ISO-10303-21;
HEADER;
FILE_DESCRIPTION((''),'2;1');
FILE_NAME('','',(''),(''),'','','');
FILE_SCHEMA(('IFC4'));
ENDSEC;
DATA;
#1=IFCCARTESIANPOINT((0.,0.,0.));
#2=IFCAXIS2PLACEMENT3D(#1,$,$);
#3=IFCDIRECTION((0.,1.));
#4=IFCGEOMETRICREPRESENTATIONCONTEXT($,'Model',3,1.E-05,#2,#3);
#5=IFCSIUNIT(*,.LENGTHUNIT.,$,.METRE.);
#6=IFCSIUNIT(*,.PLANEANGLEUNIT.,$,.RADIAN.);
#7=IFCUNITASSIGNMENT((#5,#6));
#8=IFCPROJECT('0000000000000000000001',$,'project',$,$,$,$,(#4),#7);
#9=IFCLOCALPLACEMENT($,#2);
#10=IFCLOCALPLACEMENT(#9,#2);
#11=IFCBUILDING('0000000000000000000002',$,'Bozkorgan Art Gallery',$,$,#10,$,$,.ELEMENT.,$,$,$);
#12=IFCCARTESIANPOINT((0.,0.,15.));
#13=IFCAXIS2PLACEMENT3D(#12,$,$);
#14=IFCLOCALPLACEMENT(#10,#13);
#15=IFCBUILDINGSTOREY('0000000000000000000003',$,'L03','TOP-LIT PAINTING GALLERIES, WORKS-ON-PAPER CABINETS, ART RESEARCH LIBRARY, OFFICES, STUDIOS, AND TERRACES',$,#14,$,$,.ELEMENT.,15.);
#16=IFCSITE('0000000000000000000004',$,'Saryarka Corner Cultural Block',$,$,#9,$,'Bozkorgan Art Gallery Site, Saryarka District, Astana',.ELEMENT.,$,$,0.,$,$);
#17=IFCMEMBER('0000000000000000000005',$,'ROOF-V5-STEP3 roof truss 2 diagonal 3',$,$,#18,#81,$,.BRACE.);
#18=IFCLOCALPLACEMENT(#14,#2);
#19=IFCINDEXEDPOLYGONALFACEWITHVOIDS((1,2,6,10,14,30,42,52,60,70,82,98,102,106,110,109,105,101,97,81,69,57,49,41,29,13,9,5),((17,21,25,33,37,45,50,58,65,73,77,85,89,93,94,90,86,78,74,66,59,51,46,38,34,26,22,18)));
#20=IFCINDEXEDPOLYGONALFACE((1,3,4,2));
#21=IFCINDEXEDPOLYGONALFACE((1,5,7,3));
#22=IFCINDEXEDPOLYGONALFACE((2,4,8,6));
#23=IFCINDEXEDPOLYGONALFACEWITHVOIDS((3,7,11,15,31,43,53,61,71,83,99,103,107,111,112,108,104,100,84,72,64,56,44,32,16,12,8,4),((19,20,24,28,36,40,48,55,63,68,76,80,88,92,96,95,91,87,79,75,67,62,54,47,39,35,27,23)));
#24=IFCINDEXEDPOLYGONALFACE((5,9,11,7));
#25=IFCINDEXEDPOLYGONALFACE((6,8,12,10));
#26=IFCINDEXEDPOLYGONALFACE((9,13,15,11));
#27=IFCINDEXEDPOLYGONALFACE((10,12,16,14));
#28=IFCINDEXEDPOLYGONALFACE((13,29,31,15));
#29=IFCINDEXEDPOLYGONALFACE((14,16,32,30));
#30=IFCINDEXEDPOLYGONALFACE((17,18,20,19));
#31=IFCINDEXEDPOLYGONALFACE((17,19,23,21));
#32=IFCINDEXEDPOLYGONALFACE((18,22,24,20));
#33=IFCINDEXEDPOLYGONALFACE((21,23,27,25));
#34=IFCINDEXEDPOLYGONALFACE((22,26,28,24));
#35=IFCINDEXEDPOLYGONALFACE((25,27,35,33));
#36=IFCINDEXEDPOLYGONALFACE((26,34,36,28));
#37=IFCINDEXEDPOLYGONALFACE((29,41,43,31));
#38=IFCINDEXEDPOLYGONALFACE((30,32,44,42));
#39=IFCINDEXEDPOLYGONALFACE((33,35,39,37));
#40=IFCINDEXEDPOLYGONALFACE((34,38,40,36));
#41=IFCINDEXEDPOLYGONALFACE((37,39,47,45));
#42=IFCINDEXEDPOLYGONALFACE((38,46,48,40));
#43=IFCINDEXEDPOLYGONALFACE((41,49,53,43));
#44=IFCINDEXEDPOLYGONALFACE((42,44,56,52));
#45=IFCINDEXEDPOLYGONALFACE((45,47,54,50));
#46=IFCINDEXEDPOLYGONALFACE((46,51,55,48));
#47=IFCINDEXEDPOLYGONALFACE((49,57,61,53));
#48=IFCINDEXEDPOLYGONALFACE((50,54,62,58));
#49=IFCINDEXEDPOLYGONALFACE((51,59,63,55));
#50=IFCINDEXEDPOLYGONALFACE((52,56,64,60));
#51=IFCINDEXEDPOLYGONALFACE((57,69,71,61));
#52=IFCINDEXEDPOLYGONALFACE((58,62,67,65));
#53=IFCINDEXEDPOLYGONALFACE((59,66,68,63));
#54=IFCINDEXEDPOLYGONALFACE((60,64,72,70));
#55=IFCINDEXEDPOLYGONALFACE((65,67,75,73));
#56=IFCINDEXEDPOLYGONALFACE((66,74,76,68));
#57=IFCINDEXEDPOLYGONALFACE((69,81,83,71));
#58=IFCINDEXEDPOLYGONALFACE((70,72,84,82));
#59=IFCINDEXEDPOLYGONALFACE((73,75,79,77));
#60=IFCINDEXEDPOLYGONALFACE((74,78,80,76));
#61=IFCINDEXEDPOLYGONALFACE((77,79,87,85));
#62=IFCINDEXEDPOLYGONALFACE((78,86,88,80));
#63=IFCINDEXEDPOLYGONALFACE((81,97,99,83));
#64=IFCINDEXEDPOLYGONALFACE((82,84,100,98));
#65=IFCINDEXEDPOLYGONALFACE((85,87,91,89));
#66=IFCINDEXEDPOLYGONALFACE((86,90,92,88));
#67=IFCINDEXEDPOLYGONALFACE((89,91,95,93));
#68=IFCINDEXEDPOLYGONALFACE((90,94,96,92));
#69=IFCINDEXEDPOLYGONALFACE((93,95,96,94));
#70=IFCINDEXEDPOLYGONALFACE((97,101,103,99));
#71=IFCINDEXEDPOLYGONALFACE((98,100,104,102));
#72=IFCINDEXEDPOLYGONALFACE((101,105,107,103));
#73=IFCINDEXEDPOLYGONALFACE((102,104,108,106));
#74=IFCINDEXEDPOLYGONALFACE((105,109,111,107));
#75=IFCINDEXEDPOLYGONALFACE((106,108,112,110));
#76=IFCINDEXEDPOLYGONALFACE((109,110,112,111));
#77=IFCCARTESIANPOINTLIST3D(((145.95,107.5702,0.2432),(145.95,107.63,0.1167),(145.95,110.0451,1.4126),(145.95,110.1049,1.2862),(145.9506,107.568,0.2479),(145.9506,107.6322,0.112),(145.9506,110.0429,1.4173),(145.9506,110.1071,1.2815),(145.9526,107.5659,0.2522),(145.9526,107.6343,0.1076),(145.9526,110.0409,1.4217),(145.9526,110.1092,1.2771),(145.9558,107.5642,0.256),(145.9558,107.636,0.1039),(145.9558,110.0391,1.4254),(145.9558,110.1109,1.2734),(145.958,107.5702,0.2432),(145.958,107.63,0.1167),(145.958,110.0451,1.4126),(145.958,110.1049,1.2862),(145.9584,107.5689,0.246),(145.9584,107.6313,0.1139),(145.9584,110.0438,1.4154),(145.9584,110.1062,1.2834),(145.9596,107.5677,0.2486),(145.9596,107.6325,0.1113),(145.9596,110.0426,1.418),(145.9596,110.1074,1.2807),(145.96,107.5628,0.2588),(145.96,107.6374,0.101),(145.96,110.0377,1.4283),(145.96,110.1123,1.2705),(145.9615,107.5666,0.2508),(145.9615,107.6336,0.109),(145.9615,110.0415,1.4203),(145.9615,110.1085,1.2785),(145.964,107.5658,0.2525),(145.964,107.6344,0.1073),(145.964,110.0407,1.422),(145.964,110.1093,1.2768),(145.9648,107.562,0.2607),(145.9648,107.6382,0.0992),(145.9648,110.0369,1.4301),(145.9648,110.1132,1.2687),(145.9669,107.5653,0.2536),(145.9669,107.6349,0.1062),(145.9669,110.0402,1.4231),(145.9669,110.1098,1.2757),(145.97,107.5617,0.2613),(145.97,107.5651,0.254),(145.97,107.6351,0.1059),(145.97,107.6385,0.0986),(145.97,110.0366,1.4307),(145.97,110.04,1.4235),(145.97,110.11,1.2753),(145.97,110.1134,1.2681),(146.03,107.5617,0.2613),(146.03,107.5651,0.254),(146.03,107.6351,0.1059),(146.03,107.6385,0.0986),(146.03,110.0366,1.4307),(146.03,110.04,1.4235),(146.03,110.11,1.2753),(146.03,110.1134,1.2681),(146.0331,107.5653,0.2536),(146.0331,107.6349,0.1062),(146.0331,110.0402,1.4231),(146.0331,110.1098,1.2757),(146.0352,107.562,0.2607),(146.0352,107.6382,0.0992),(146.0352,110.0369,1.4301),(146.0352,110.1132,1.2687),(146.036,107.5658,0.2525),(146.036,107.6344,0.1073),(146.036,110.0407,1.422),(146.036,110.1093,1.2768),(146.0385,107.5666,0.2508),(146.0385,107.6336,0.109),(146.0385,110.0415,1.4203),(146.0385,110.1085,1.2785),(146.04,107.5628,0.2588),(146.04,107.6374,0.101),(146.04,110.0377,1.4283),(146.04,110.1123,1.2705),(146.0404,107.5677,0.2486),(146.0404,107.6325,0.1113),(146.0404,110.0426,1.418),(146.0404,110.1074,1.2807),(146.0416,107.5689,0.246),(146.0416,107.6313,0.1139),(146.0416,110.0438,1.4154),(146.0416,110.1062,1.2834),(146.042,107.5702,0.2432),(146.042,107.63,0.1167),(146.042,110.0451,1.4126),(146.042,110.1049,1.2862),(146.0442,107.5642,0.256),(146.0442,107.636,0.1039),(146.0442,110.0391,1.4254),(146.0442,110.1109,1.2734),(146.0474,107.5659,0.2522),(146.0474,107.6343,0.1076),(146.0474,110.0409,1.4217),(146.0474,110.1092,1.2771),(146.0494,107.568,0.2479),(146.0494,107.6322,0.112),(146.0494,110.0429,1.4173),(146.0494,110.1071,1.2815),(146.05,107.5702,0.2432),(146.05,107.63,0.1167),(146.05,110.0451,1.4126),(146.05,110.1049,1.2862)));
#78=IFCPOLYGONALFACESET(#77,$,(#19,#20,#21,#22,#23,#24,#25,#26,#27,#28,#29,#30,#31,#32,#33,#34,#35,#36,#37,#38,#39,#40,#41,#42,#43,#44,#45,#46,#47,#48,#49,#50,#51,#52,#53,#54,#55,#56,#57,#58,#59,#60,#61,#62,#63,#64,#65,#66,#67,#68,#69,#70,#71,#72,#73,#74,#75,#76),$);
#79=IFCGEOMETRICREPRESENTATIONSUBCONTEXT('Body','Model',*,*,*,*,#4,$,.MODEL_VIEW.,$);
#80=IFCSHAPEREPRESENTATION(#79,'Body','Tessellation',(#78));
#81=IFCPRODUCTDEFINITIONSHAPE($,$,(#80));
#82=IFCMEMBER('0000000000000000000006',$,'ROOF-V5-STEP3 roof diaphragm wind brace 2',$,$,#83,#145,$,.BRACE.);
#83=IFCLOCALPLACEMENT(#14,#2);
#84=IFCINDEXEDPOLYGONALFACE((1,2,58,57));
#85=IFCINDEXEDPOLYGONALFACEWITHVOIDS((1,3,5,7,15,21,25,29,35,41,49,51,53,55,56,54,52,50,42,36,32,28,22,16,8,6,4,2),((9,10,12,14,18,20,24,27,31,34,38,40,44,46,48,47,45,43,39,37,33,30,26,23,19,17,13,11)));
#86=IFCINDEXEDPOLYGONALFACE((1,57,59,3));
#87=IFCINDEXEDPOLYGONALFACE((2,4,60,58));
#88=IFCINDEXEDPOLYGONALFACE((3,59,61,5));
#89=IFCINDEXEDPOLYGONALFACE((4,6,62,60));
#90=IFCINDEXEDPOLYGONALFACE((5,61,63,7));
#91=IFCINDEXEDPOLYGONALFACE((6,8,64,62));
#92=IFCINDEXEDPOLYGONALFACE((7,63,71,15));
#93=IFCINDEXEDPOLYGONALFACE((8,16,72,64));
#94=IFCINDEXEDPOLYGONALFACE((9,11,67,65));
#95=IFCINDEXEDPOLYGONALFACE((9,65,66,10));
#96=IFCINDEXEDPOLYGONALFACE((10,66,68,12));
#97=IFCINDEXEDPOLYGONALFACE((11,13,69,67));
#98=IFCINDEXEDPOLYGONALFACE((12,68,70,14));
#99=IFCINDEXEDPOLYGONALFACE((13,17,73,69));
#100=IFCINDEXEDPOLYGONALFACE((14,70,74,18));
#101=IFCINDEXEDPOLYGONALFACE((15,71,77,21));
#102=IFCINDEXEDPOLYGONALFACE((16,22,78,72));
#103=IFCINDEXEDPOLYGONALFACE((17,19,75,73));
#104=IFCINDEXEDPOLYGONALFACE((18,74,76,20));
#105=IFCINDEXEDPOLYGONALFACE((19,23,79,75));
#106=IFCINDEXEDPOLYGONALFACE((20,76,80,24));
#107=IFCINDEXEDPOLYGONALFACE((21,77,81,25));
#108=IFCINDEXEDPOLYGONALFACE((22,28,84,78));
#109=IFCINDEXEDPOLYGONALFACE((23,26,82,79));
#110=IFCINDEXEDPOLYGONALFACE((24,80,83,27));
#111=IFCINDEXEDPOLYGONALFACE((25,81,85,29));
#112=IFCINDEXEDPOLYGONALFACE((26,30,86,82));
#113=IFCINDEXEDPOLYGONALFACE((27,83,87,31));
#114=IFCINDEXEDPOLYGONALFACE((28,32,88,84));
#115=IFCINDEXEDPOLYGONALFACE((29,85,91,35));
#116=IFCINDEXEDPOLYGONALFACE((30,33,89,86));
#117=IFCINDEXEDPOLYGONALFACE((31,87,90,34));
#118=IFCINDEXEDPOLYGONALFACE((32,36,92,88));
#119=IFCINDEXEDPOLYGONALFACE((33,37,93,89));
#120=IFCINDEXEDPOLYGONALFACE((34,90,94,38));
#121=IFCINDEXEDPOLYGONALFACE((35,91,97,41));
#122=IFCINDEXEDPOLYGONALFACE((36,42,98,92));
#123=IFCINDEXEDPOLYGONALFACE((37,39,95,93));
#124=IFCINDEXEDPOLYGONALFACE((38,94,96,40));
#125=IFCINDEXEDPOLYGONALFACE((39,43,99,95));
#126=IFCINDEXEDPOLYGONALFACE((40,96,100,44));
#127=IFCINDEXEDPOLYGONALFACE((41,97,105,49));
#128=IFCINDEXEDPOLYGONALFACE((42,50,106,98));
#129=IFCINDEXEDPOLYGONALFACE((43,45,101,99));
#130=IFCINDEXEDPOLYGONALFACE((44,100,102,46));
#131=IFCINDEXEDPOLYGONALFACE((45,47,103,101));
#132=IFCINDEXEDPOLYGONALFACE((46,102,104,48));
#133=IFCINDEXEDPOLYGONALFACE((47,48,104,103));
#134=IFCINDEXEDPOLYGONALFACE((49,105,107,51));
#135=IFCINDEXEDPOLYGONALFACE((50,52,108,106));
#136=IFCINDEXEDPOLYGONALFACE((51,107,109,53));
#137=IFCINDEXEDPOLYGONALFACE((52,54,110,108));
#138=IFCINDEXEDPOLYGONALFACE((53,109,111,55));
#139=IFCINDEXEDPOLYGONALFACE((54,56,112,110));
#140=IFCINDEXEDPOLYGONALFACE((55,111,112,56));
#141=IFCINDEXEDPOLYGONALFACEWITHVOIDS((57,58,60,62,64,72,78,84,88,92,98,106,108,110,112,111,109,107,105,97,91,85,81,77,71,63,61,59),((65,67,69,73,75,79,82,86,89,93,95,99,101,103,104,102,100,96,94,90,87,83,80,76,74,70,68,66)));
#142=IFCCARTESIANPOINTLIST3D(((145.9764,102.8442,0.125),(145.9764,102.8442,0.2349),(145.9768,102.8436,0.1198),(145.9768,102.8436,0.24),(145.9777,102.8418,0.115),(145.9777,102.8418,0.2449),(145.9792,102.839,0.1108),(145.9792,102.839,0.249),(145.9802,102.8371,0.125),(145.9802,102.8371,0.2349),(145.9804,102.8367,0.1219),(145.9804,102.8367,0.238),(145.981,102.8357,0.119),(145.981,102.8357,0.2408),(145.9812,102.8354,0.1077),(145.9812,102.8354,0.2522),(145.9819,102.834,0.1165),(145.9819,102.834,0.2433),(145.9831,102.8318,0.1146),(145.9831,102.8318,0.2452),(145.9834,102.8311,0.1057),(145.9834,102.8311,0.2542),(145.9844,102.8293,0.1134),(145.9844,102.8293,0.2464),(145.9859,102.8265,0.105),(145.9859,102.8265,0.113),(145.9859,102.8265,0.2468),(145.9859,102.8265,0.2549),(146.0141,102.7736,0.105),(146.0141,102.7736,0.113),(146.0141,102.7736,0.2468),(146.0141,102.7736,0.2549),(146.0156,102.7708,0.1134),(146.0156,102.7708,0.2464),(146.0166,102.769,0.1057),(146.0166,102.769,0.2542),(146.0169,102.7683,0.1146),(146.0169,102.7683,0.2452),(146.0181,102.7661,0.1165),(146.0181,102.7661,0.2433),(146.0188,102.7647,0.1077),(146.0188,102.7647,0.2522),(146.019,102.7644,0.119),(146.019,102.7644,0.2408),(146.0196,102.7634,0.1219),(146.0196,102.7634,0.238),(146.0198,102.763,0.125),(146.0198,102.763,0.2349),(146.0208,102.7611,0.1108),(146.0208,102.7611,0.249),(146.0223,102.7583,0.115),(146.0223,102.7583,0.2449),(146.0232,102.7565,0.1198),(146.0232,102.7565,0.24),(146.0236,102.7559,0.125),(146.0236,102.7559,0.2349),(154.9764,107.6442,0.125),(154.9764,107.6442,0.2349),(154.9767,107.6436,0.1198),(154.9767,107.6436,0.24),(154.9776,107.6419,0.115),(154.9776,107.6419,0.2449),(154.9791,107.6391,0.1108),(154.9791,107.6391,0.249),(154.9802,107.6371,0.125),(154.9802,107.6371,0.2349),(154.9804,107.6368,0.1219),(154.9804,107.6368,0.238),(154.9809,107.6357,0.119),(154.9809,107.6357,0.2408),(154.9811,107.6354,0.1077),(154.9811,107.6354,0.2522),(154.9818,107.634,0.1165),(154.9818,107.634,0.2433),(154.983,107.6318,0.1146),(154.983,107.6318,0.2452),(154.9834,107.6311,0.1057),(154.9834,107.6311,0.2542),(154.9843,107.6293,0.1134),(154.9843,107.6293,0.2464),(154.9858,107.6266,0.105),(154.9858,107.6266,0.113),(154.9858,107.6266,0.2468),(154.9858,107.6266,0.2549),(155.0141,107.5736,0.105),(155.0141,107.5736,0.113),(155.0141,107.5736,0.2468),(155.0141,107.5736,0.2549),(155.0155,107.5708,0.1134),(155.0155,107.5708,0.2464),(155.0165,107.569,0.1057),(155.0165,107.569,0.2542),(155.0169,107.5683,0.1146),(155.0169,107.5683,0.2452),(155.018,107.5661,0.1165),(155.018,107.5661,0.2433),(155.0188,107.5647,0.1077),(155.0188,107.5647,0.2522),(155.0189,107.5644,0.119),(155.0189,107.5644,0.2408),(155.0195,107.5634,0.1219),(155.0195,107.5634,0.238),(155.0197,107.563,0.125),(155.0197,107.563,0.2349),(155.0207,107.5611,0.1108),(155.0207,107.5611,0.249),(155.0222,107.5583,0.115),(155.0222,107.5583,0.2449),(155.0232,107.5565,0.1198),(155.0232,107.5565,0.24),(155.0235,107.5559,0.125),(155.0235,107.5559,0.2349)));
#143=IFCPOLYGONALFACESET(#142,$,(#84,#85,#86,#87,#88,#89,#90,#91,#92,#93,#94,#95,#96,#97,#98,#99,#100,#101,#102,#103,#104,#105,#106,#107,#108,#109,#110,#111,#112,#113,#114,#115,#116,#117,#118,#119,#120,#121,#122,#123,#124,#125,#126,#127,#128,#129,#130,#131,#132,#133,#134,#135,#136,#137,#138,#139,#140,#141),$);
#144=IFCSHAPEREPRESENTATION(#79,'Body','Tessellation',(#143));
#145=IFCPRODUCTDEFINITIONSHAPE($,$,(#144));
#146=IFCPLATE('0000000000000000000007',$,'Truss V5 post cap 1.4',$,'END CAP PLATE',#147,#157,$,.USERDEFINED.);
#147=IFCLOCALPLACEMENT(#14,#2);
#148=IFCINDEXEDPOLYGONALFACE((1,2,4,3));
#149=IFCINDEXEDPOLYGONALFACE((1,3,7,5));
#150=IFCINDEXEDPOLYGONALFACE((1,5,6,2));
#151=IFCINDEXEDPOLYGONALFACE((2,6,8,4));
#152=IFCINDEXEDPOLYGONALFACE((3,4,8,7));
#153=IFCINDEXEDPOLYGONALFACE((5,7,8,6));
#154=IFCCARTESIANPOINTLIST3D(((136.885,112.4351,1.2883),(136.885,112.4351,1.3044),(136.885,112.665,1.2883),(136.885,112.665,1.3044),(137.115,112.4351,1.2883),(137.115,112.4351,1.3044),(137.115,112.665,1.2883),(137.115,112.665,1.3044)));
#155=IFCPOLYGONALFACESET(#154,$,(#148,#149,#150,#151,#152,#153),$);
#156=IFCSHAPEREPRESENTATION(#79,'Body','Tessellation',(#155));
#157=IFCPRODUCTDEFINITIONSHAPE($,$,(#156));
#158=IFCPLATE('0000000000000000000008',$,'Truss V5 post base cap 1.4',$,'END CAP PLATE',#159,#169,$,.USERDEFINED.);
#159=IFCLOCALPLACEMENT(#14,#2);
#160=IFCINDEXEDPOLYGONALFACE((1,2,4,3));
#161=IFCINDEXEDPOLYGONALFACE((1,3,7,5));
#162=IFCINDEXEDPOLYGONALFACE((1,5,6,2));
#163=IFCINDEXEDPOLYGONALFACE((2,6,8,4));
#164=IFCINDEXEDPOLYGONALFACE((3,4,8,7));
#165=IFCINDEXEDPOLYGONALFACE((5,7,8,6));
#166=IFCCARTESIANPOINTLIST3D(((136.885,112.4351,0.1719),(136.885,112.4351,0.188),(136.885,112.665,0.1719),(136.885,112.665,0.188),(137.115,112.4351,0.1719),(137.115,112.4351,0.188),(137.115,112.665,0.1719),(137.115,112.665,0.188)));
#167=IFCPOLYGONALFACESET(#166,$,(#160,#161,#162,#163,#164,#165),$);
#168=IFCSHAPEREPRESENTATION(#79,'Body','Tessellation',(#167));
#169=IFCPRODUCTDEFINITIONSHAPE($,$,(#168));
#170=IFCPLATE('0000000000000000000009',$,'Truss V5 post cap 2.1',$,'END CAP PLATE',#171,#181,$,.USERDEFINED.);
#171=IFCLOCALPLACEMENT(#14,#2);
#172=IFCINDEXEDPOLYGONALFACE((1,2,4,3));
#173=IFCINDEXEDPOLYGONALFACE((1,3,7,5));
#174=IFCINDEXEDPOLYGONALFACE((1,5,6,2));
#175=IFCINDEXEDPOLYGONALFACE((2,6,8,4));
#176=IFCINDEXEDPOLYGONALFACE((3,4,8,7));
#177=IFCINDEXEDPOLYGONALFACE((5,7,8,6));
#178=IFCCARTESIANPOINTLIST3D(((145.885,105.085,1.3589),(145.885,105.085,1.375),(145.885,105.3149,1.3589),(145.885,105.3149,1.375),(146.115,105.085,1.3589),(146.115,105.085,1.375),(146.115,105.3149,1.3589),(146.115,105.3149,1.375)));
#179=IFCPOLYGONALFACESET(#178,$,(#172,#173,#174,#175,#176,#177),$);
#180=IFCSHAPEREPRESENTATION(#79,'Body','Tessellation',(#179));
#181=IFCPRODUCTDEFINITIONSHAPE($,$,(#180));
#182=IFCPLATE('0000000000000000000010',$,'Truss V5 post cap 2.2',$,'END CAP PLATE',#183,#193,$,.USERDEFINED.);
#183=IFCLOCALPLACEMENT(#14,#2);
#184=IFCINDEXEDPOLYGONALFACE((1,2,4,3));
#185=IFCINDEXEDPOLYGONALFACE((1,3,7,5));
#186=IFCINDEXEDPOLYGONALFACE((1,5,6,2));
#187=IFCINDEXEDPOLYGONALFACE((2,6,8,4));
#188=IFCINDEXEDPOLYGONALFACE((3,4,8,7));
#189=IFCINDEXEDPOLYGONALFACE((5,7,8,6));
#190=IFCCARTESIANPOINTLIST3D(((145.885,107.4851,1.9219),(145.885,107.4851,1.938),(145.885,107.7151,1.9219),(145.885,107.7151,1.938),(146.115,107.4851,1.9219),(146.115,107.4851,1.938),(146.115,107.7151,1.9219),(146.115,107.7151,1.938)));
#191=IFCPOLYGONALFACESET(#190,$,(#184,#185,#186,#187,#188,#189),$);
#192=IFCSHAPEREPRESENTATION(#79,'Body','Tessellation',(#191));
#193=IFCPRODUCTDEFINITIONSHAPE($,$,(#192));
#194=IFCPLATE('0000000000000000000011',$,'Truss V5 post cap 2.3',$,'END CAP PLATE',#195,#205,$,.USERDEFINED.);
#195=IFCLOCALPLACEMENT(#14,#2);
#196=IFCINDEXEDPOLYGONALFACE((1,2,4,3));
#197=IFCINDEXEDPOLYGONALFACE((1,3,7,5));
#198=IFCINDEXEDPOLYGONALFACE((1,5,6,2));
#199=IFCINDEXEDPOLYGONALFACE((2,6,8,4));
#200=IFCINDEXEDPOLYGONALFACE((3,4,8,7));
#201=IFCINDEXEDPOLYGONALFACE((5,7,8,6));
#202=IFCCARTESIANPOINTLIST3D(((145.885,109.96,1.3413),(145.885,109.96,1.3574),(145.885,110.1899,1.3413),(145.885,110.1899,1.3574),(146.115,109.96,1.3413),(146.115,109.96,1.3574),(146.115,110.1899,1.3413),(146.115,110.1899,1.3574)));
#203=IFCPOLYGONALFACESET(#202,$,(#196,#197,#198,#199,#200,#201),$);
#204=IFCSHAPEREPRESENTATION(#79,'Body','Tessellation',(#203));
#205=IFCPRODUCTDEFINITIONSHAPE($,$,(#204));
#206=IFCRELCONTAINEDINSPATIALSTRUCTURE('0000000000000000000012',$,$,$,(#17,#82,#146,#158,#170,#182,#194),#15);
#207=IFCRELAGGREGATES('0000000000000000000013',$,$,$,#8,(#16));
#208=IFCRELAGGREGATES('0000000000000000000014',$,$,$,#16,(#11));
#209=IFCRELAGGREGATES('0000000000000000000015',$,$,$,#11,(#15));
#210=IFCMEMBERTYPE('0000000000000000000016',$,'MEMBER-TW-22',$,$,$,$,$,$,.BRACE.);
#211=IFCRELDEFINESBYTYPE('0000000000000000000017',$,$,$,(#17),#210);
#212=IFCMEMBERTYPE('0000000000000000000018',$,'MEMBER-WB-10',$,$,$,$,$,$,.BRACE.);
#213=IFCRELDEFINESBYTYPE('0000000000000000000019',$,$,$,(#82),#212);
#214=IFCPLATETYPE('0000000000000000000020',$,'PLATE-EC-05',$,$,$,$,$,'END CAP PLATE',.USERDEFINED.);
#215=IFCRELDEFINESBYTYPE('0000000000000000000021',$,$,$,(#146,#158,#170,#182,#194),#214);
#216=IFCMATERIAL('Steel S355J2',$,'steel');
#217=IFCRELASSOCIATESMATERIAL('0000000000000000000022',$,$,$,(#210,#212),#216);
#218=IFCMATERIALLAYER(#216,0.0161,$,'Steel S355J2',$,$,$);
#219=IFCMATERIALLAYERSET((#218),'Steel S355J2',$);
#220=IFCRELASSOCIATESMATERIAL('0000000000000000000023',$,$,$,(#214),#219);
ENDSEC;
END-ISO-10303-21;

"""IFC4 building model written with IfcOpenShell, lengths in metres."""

from ifc_helpers import new_model, si_unit, direction, frame, origin, origin_2d, place, context, subcontext, project, spatial, rectangle, hollow_rectangle, extrude, material, layer, layer_set, material_profile, profile_set, type_object, element, save


model = new_model("IFC4")

# Units and contexts
model_context = context("Model", 3, precision=1e-05, world=origin(), true_north=direction((0.0, 1.0)))
body_context = subcontext(model_context, "Body", "Model", "MODEL_VIEW")
ifc_project = project(units=[si_unit("LENGTHUNIT", "METRE"), si_unit("PLANEANGLEUNIT", "RADIAN")], contexts=[model_context])

# Site, building, storey
site_placement = place(None, origin())
site = spatial("IfcSite", under=ifc_project, at=site_placement, Name="Saryarka Corner Cultural Block", LongName="Bozkorgan Art Gallery Site, Saryarka District, Astana", CompositionType="ELEMENT", RefElevation=0.0)
building_placement = place(site_placement, origin())
building = spatial("IfcBuilding", under=site, at=building_placement, Name="Bozkorgan Art Gallery", CompositionType="ELEMENT")
storey_placement = place(building_placement, frame((0.0, 0.0, 15.0)))
storey = spatial("IfcBuildingStorey", under=building, at=storey_placement, Name="L03", Description="TOP-LIT PAINTING GALLERIES, WORKS-ON-PAPER CABINETS, ART RESEARCH LIBRARY, OFFICES, STUDIOS, AND TERRACES", CompositionType="ELEMENT", Elevation=15.0)

# Shared definitions
ifc_material_1 = material(Name="Steel S355J2", Category="steel")

# Members
ifc_material_profile_1 = material_profile(ifc_material_1, hollow_rectangle(XDim=0.1001, YDim=0.1799, WallThickness=0.0081, InnerFilletRadius=0.012, OuterFilletRadius=0.02, at=origin_2d()), Name="RHS 180x100x8")
ifc_profile_set_1 = profile_set([ifc_material_profile_1], Name="Steel S355J2")
member_type_1 = type_object("IfcMemberType", Name="MEMBER-TW-22", PredefinedType="BRACE", material=ifc_profile_set_1)
member_1_placement = place(storey_placement, frame((146.0, 107.6001, 0.1799), z_axis=(0.0, 0.904142, 0.427231), x_axis=(-1.0, 0.0, 0.0)))
element("IfcMember", 1, at=member_1_placement, inside=storey, type_object=member_type_1, Name="ROOF-V5-STEP3 roof truss 2 diagonal 3", PredefinedType="BRACE", context=body_context, shape_type="SweptSolid", body=[
    extrude(hollow_rectangle(XDim=0.1001, YDim=0.1799, WallThickness=0.0081, InnerFilletRadius=0.012, OuterFilletRadius=0.02, at=origin_2d()), origin(), (0.0, 0.0, 1.0), 2.7373),
])
ifc_material_profile_2 = material_profile(ifc_material_1, hollow_rectangle(XDim=0.1001, YDim=0.1499, WallThickness=0.0081, InnerFilletRadius=0.012, OuterFilletRadius=0.02, at=origin_2d()), Name="RHS 150x100x8")
ifc_profile_set_2 = profile_set([ifc_material_profile_2], Name="Steel S355J2")
member_type_2 = type_object("IfcMemberType", Name="MEMBER-WB-10", PredefinedType="BRACE", material=ifc_profile_set_2)
member_2_placement = place(storey_placement, frame((146.0, 102.8, 0.1799), z_axis=(0.882351, 0.470592, 0.0), x_axis=(-0.470592, 0.882351, 0.0)))
element("IfcMember", 2, at=member_2_placement, inside=storey, type_object=member_type_2, Name="ROOF-V5-STEP3 roof diaphragm wind brace 2", PredefinedType="BRACE", context=body_context, shape_type="SweptSolid", body=[
    extrude(hollow_rectangle(XDim=0.1001, YDim=0.1499, WallThickness=0.0081, InnerFilletRadius=0.012, OuterFilletRadius=0.02, at=origin_2d()), origin(), (0.0, 0.0, 1.0), 10.2),
])

# Plates
ifc_layer_1 = layer(ifc_material_1, 0.0161, Name="Steel S355J2")
ifc_layer_set_1 = layer_set([ifc_layer_1], Name="Steel S355J2")
plate_type_1 = type_object("IfcPlateType", Name="PLATE-EC-05", ElementType="END CAP PLATE", PredefinedType="USERDEFINED", material=ifc_layer_set_1)
for number, where, z_axis, x_axis, name in (
    (3, (137.0, 112.55, 1.2883), (0.0, 0.0, 1.0), (1.0, 0.0, 0.0), "Truss V5 post cap 1.4"),
    (4, (137.0, 112.55, 0.1719), (0.0, 0.0, 1.0), (1.0, 0.0, 0.0), "Truss V5 post base cap 1.4"),
    (5, (146.0, 105.2, 1.3589), (0.0, 0.0, 1.0), (1.0, 0.0, 0.0), "Truss V5 post cap 2.1"),
    (6, (146.0, 107.6001, 1.9219), (0.0, 0.0, 1.0), (1.0, 0.0, 0.0), "Truss V5 post cap 2.2"),
    (7, (146.0, 110.075, 1.3413), (0.0, 0.0, 1.0), (1.0, 0.0, 0.0), "Truss V5 post cap 2.3"),
):
    element("IfcPlate", number, at=place(storey_placement, frame(where, z_axis=z_axis, x_axis=x_axis)), inside=storey, type_object=plate_type_1, Name=name, ObjectType="END CAP PLATE", PredefinedType="USERDEFINED", context=body_context, shape_type="SweptSolid", body=[
        extrude(rectangle(XDim=0.23, YDim=0.23, at=origin_2d()), origin(), (0.0, 0.0, 1.0), 0.0161),
    ])

save(model, "model.ifc")
